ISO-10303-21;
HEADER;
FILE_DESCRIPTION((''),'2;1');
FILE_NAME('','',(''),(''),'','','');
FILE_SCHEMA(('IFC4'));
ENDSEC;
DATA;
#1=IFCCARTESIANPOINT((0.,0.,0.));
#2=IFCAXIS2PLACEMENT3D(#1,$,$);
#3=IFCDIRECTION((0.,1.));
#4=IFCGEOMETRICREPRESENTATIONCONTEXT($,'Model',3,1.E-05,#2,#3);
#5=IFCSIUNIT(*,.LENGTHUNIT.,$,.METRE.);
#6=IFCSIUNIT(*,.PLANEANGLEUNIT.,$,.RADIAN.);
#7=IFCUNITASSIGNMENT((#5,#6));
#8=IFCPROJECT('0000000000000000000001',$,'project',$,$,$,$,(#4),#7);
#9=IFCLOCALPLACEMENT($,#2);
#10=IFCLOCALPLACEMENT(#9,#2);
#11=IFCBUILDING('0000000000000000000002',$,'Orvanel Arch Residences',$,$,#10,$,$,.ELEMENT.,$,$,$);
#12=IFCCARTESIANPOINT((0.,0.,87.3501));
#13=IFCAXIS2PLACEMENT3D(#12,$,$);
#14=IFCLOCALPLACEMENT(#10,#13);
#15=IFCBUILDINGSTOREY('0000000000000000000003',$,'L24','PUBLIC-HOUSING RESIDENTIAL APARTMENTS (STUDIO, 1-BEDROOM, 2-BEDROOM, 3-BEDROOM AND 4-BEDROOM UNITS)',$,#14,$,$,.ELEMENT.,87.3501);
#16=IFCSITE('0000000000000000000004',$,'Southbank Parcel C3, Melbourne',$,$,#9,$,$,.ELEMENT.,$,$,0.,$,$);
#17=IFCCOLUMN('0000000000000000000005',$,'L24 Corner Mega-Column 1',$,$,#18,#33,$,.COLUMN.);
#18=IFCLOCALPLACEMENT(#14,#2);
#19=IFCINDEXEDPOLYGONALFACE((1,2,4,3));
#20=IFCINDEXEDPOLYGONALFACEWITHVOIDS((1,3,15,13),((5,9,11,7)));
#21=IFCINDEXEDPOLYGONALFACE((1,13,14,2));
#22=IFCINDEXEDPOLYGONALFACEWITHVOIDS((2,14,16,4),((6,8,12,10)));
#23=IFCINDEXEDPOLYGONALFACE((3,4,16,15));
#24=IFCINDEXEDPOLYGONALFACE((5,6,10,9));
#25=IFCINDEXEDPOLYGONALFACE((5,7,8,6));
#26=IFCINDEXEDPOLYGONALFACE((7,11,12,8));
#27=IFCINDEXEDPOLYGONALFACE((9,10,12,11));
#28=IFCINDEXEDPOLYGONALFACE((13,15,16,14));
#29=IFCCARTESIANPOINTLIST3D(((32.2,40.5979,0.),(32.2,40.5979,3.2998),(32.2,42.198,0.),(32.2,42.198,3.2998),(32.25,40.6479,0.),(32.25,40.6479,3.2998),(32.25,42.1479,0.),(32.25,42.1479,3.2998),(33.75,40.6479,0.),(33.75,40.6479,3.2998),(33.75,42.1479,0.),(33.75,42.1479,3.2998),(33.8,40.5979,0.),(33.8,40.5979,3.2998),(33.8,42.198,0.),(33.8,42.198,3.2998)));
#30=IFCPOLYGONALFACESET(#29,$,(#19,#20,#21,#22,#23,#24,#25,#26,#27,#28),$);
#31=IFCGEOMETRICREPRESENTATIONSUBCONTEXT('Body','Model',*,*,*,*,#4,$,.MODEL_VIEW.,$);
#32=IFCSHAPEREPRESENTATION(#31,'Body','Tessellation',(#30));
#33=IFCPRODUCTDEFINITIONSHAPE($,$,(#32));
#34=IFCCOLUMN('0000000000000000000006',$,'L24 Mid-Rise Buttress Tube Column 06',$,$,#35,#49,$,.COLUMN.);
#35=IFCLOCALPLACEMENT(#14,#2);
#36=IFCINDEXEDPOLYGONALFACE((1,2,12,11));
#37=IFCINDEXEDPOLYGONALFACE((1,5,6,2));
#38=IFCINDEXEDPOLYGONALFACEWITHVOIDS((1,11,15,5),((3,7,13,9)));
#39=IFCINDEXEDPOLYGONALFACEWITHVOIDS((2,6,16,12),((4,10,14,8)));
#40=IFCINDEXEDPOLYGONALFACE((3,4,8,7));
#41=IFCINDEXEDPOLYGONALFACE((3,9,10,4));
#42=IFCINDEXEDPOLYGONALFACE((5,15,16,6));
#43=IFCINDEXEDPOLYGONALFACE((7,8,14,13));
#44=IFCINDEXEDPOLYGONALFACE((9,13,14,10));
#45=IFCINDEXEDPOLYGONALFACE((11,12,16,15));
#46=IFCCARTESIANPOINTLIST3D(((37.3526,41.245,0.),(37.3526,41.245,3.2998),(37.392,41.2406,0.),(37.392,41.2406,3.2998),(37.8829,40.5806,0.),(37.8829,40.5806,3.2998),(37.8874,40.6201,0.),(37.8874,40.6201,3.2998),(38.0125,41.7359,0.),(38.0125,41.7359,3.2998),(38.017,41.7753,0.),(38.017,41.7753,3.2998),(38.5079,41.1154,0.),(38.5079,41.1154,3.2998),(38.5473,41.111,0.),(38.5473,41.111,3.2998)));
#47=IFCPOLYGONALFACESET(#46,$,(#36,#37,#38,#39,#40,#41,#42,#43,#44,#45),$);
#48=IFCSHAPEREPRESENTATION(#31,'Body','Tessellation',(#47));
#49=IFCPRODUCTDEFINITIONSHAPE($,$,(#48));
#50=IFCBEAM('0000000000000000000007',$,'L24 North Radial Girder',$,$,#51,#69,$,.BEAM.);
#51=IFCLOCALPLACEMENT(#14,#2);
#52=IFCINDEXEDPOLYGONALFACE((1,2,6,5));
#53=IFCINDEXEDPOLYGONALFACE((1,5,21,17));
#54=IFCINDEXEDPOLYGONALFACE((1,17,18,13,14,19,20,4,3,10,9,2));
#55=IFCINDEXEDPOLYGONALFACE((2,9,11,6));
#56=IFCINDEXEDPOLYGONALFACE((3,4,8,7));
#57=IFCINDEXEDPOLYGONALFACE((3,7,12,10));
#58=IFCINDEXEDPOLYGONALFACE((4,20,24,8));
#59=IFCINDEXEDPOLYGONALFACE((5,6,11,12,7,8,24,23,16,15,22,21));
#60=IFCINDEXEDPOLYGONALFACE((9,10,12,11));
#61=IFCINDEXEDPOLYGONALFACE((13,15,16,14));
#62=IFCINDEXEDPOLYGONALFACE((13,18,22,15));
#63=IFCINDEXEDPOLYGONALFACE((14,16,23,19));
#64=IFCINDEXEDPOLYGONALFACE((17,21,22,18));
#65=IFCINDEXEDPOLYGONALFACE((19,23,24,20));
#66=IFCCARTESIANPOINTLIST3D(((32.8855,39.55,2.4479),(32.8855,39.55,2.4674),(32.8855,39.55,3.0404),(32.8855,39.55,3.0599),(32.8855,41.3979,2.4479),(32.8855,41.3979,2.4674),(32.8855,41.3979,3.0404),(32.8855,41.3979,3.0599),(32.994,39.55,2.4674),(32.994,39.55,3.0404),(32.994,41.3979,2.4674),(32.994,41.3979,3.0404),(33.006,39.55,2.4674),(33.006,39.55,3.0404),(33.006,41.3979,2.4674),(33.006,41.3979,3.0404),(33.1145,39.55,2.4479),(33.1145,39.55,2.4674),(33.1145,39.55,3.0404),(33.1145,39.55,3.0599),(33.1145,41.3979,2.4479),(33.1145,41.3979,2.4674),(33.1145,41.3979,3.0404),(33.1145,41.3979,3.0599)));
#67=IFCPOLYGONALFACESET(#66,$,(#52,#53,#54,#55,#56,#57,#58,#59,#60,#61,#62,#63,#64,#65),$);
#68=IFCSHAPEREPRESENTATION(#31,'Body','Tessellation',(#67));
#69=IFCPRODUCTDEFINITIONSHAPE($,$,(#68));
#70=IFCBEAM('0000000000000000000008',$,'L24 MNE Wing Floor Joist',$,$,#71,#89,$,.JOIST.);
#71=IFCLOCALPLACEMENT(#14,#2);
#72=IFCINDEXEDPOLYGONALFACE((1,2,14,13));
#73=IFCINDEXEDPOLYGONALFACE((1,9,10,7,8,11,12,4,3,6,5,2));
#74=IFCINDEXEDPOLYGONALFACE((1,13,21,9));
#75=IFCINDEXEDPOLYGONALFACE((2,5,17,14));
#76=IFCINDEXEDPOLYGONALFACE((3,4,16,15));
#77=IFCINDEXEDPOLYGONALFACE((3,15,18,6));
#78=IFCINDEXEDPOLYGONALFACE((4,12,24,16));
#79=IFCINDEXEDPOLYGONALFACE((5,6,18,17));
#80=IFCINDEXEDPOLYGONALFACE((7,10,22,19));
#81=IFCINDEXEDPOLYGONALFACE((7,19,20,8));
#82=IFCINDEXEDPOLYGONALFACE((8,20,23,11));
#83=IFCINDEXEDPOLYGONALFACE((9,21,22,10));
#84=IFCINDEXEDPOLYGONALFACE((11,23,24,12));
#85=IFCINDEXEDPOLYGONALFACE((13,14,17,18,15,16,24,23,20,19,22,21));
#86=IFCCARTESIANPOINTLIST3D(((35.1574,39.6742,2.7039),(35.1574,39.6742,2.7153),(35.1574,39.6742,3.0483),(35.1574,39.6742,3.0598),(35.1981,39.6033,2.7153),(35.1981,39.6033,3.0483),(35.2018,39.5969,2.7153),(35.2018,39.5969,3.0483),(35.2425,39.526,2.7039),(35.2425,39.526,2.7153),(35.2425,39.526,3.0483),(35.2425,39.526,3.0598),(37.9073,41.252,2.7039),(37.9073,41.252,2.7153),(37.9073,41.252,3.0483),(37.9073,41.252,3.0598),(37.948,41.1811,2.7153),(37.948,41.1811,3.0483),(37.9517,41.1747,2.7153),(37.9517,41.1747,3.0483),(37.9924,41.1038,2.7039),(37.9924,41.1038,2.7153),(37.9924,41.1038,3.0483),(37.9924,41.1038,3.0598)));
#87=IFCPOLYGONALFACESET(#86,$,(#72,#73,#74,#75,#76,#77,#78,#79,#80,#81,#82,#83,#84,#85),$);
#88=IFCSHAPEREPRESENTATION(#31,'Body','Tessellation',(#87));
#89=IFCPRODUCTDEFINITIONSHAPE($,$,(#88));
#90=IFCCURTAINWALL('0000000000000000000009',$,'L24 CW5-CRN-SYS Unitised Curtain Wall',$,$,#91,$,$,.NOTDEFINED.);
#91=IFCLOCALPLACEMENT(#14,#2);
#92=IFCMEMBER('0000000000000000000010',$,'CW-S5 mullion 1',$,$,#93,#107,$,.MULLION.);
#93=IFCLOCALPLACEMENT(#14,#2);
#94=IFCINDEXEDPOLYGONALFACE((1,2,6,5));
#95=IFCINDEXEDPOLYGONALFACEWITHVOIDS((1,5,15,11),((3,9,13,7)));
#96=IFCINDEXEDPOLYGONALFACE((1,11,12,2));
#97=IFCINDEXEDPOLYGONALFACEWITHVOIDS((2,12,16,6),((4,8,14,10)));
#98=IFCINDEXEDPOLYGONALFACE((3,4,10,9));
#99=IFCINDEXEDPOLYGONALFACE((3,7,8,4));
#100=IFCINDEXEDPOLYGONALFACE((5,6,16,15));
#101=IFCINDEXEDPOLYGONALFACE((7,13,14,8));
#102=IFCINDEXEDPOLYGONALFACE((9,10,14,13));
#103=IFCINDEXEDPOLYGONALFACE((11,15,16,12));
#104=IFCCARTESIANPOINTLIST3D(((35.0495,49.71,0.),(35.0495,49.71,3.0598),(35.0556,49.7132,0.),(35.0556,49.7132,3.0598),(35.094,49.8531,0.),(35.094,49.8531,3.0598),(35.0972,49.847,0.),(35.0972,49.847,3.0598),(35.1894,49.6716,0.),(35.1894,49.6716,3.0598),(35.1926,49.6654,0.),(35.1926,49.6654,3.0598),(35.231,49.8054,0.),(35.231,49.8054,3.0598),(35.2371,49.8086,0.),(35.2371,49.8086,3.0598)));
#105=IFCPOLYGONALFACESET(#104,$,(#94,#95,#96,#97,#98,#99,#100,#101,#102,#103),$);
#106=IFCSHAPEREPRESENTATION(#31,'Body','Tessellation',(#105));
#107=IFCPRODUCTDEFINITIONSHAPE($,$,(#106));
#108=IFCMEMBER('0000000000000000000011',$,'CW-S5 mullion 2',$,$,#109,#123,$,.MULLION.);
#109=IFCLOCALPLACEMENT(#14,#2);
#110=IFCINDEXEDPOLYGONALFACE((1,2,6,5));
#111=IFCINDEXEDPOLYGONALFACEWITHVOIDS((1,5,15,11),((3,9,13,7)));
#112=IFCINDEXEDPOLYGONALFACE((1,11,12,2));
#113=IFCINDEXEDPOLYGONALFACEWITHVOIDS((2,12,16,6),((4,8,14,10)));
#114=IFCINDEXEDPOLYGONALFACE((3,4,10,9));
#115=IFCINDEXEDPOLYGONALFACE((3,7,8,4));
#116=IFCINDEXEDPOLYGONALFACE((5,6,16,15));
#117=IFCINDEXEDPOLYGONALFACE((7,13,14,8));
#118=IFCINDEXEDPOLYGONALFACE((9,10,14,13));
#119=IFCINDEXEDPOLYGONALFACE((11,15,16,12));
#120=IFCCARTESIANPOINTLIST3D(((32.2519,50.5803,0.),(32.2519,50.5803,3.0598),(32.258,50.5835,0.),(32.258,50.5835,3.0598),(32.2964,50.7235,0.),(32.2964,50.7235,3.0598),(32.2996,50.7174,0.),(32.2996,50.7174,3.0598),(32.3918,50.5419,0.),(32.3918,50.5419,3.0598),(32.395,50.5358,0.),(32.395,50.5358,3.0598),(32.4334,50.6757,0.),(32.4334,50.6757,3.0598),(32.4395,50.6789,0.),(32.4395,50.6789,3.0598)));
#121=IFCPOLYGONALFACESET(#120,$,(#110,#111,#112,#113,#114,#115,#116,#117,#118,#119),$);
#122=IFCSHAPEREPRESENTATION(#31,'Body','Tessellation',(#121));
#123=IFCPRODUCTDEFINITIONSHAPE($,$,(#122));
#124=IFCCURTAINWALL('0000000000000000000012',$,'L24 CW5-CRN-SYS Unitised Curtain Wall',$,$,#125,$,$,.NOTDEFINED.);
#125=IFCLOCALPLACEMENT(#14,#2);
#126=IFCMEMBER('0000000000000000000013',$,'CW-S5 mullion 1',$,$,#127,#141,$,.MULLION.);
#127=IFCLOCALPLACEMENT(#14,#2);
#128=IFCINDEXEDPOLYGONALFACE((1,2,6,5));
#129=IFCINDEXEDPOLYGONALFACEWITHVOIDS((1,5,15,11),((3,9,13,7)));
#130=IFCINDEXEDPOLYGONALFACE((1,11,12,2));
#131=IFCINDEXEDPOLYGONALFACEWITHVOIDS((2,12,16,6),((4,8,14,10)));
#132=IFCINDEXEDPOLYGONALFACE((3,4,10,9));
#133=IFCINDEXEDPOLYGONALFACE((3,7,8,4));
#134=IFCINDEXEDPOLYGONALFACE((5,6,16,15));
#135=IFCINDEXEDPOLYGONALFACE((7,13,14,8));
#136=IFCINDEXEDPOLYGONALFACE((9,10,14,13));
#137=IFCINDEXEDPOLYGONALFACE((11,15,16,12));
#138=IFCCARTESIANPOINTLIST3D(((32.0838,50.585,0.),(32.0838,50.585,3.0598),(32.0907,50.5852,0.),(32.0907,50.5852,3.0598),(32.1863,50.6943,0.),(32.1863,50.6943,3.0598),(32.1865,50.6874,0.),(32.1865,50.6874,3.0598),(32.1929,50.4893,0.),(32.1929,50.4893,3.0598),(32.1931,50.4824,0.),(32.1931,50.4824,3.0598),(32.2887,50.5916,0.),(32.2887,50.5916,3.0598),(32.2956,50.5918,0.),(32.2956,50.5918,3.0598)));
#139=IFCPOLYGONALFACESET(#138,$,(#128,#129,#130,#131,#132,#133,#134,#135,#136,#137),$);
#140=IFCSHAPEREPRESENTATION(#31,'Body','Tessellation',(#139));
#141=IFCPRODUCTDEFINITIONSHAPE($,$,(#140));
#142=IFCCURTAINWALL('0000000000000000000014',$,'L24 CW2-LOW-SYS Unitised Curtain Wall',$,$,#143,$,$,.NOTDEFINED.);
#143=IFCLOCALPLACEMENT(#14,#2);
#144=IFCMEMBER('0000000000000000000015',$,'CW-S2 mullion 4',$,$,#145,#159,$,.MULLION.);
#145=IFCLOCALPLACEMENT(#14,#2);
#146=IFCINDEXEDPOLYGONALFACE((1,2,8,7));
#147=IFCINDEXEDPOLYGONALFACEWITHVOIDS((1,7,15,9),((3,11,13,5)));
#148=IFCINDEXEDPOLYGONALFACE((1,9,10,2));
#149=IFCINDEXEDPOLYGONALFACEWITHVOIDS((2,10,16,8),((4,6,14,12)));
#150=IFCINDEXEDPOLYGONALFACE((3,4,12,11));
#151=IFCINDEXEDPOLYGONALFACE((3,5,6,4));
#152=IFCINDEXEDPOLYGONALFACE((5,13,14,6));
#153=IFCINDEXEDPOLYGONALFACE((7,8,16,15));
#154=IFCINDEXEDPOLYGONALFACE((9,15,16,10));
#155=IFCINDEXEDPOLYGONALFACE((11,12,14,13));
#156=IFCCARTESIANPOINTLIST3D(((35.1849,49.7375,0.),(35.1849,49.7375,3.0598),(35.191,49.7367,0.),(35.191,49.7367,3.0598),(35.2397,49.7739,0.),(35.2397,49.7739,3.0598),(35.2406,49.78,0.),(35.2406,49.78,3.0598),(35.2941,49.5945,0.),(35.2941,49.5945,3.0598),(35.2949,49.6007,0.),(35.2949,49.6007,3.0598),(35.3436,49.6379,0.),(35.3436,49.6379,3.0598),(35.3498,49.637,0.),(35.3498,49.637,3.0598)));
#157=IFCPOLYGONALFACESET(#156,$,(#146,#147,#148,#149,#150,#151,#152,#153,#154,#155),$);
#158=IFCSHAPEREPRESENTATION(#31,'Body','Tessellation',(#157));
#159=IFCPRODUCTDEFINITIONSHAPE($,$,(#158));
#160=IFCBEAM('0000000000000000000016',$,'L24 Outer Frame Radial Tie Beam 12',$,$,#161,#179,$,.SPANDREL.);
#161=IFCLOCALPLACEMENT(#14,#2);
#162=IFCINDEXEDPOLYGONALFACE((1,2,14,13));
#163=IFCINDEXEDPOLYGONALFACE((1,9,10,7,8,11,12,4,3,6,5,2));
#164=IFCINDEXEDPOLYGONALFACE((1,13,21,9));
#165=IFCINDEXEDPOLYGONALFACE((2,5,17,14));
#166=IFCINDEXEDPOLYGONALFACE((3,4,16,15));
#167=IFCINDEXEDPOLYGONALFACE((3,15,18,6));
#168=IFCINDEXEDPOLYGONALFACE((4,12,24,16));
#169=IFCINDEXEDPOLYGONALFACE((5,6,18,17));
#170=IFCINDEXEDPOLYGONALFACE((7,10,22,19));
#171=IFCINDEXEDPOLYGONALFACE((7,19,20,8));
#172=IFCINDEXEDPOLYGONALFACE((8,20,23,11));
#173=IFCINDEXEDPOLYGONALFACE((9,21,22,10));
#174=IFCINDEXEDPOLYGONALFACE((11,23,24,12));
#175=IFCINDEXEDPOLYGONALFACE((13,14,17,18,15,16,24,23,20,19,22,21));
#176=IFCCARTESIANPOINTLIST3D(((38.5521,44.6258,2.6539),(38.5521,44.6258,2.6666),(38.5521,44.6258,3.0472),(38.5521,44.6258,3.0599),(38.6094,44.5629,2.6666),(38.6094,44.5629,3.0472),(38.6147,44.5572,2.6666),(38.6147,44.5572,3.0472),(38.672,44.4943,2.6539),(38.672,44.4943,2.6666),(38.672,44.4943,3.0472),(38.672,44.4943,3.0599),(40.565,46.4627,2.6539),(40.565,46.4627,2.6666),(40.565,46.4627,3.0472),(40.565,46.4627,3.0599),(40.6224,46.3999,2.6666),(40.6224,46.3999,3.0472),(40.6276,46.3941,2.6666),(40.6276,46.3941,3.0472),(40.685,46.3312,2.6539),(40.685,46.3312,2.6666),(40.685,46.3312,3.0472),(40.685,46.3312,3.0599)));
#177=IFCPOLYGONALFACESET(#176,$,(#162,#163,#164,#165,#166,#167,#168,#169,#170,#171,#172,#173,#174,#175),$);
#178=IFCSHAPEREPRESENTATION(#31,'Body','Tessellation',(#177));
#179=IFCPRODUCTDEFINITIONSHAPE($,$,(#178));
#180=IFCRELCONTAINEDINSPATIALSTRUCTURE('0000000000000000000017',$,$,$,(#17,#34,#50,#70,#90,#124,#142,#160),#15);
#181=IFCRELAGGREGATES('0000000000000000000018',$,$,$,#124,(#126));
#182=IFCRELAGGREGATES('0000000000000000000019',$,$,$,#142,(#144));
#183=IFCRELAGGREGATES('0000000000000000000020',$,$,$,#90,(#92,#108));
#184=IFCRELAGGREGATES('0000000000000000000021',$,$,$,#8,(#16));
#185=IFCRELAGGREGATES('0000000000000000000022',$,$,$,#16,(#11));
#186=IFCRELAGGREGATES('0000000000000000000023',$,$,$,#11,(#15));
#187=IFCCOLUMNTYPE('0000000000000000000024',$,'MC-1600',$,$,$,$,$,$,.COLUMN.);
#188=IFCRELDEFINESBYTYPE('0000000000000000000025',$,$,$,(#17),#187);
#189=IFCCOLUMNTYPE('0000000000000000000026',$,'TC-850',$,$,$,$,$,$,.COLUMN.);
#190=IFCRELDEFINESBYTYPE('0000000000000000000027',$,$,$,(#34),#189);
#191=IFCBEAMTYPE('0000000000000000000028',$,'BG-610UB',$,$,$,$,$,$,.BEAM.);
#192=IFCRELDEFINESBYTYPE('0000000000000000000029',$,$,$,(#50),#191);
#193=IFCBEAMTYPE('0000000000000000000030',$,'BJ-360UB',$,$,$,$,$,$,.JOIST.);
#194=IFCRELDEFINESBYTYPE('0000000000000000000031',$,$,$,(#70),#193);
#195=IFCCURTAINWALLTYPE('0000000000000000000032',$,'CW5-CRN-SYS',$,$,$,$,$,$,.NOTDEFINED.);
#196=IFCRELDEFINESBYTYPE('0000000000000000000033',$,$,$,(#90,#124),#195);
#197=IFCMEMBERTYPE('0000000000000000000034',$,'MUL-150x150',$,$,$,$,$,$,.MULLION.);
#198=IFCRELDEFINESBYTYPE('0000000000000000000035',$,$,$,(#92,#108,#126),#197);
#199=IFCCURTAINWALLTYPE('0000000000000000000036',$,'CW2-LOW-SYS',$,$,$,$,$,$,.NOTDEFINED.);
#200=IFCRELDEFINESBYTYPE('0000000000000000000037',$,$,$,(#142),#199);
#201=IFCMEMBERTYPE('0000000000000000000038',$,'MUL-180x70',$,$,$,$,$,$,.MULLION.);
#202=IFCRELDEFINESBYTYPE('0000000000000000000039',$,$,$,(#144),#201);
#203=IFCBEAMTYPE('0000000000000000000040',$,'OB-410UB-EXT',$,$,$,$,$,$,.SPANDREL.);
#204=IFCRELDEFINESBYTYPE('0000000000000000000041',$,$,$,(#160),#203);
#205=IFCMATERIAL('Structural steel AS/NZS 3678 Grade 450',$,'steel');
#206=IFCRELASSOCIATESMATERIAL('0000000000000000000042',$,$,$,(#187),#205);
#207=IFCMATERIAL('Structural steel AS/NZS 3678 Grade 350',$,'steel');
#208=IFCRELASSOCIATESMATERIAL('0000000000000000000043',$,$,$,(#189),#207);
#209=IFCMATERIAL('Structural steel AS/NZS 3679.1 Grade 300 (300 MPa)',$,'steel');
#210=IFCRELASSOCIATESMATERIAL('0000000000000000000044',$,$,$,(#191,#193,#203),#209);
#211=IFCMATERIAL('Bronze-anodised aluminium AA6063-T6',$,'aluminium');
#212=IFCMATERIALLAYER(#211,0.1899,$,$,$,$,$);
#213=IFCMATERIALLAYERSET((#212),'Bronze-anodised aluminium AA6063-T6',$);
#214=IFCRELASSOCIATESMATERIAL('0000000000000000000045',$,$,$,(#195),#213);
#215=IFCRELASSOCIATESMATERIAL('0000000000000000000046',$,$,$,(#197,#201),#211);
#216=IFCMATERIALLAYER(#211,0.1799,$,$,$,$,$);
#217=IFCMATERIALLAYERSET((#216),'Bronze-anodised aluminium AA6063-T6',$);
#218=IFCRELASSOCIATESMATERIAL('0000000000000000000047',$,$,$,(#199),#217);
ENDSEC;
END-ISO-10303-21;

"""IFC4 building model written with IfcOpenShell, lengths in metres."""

from ifc_helpers import new_model, si_unit, direction, frame, origin, origin_2d, place, context, subcontext, project, spatial, hollow_rectangle, i_section, extrude, material, layer, layer_set, material_profile, profile_set, type_object, element, aggregate, save


model = new_model("IFC4")

# Units and contexts
model_context = context("Model", 3, precision=1e-05, world=origin(), true_north=direction((0.0, 1.0)))
body_context = subcontext(model_context, "Body", "Model", "MODEL_VIEW")
ifc_project = project(units=[si_unit("LENGTHUNIT", "METRE"), si_unit("PLANEANGLEUNIT", "RADIAN")], contexts=[model_context])

# Site, building, storey
site_placement = place(None, origin())
site = spatial("IfcSite", under=ifc_project, at=site_placement, Name="Southbank Parcel C3, Melbourne", CompositionType="ELEMENT", RefElevation=0.0)
building_placement = place(site_placement, origin())
building = spatial("IfcBuilding", under=site, at=building_placement, Name="Orvanel Arch Residences", CompositionType="ELEMENT")
storey_placement = place(building_placement, frame((0.0, 0.0, 87.3501)))
storey = spatial("IfcBuildingStorey", under=building, at=storey_placement, Name="L24", Description="PUBLIC-HOUSING RESIDENTIAL APARTMENTS (STUDIO, 1-BEDROOM, 2-BEDROOM, 3-BEDROOM AND 4-BEDROOM UNITS)", CompositionType="ELEMENT", Elevation=87.3501)

# Columns
ifc_material_1 = material(Name="Structural steel AS/NZS 3678 Grade 450", Category="steel")
ifc_material_profile_1 = material_profile(ifc_material_1, hollow_rectangle(XDim=1.6001, YDim=1.6001, WallThickness=0.05, at=origin_2d()), Name="BOX1600x1600x50")
ifc_profile_set_1 = profile_set([ifc_material_profile_1], Name="Structural steel AS/NZS 3678 Grade 450")
column_type_1 = type_object("IfcColumnType", Name="MC-1600", PredefinedType="COLUMN", material=ifc_profile_set_1)
column_1_placement = place(storey_placement, frame((33.0, 41.3979, 0.0), z_axis=(0.0, 0.0, 1.0), x_axis=(1.0, 0.0, 0.0)))
element("IfcColumn", 1, at=column_1_placement, inside=storey, type_object=column_type_1, Name="L24 Corner Mega-Column 1", PredefinedType="COLUMN", context=body_context, shape_type="SweptSolid", body=[
    extrude(hollow_rectangle(XDim=1.6001, YDim=1.6001, WallThickness=0.05, at=origin_2d()), origin(), (0.0, 0.0, 1.0), 3.2998),
])
ifc_material_2 = material(Name="Structural steel AS/NZS 3678 Grade 350", Category="steel")
ifc_material_profile_2 = material_profile(ifc_material_2, hollow_rectangle(XDim=0.8501, YDim=0.8501, WallThickness=0.0281, at=origin_2d()), Name="BOX850x850x28")
ifc_profile_set_2 = profile_set([ifc_material_profile_2], Name="Structural steel AS/NZS 3678 Grade 350")
column_type_2 = type_object("IfcColumnType", Name="TC-850", PredefinedType="COLUMN", material=ifc_profile_set_2)
column_2_placement = place(storey_placement, frame((37.95, 41.178, 0.0), z_axis=(0.0, 0.0, 1.0), x_axis=(-0.62388, 0.78152, 0.0)))
element("IfcColumn", 2, at=column_2_placement, inside=storey, type_object=column_type_2, Name="L24 Mid-Rise Buttress Tube Column 06", PredefinedType="COLUMN", context=body_context, shape_type="SweptSolid", body=[
    extrude(hollow_rectangle(XDim=0.8501, YDim=0.8501, WallThickness=0.0281, at=origin_2d()), origin(), (0.0, 0.0, 1.0), 3.2998),
])

# Beams
ifc_material_3 = material(Name="Structural steel AS/NZS 3679.1 Grade 300 (300 MPa)", Category="steel")
ifc_material_profile_3 = material_profile(ifc_material_3, i_section(OverallWidth=0.229, OverallDepth=0.6121, WebThickness=0.012, FlangeThickness=0.0195, at=origin_2d()), Name="610UB125")
ifc_profile_set_3 = profile_set([ifc_material_profile_3], Name="Structural steel AS/NZS 3679.1 Grade 300 (300 MPa)")
beam_type_1 = type_object("IfcBeamType", Name="BG-610UB", PredefinedType="BEAM", material=ifc_profile_set_3)
beam_1_placement = place(storey_placement, frame((33.0, 39.55, 2.7539), z_axis=(0.0, 1.0, 0.0), x_axis=(-1.0, 0.0, 0.0)))
element("IfcBeam", 3, at=beam_1_placement, inside=storey, type_object=beam_type_1, Name="L24 North Radial Girder", PredefinedType="BEAM", context=body_context, shape_type="SweptSolid", body=[
    extrude(i_section(OverallWidth=0.229, OverallDepth=0.6121, WebThickness=0.012, FlangeThickness=0.0195, at=origin_2d()), origin(), (0.0, 0.0, 1.0), 1.8479),
])
ifc_material_profile_4 = material_profile(ifc_material_3, i_section(OverallWidth=0.1709, OverallDepth=0.356, WebThickness=0.0073, FlangeThickness=0.0115, at=origin_2d()), Name="360UB50.7")
ifc_profile_set_4 = profile_set([ifc_material_profile_4], Name="Structural steel AS/NZS 3679.1 Grade 300 (300 MPa)")
beam_type_2 = type_object("IfcBeamType", Name="BJ-360UB", PredefinedType="JOIST", material=ifc_profile_set_4)
beam_2_placement = place(storey_placement, frame((35.2, 39.6001, 2.8818), z_axis=(0.867365, 0.497672, 0.0), x_axis=(-0.497672, 0.867365, 0.0)))
element("IfcBeam", 4, at=beam_2_placement, inside=storey, type_object=beam_type_2, Name="L24 MNE Wing Floor Joist", PredefinedType="JOIST", context=body_context, shape_type="SweptSolid", body=[
    extrude(i_section(OverallWidth=0.1709, OverallDepth=0.356, WebThickness=0.0073, FlangeThickness=0.0115, at=origin_2d()), origin(), (0.0, 0.0, 1.0), 3.1704),
])

# Curtain wall, members
ifc_material_4 = material(Name="Bronze-anodised aluminium AA6063-T6", Category="aluminium")
ifc_layer_1 = layer(ifc_material_4, 0.1899)
ifc_layer_set_1 = layer_set([ifc_layer_1], Name="Bronze-anodised aluminium AA6063-T6")
curtain_wall_type_1 = type_object("IfcCurtainWallType", Name="CW5-CRN-SYS", PredefinedType="NOTDEFINED", material=ifc_layer_set_1)
curtain_wall_1_placement = place(storey_placement, origin())
curtain_wall_1 = element("IfcCurtainWall", 5, at=curtain_wall_1_placement, inside=storey, type_object=curtain_wall_type_1, Name="L24 CW5-CRN-SYS Unitised Curtain Wall", PredefinedType="NOTDEFINED")
ifc_material_profile_5 = material_profile(ifc_material_4, hollow_rectangle(XDim=0.1499, YDim=0.1499, WallThickness=0.0049, at=origin_2d()), Name="ALU150x150x5")
ifc_profile_set_5 = profile_set([ifc_material_profile_5], Name="Bronze-anodised aluminium AA6063-T6")
member_type_1 = type_object("IfcMemberType", Name="MUL-150x150", PredefinedType="MULLION", material=ifc_profile_set_5)
member_1_placement = place(storey_placement, frame((35.1433, 49.7593, 0.0), z_axis=(0.0, 0.0, 1.0), x_axis=(-0.297073, -0.954855, 0.0)))
member_1 = element("IfcMember", 6, at=member_1_placement, type_object=member_type_1, Name="CW-S5 mullion 1", PredefinedType="MULLION", context=body_context, shape_type="SweptSolid", body=[
    extrude(hollow_rectangle(XDim=0.1499, YDim=0.1499, WallThickness=0.0049, at=origin_2d()), origin(), (0.0, 0.0, 1.0), 3.0598),
])
member_2_placement = place(storey_placement, frame((32.3457, 50.6296, 0.0), z_axis=(0.0, 0.0, 1.0), x_axis=(-0.297073, -0.954855, 0.0)))
member_2 = element("IfcMember", 7, at=member_2_placement, type_object=member_type_1, Name="CW-S5 mullion 2", PredefinedType="MULLION", context=body_context, shape_type="SweptSolid", body=[
    extrude(hollow_rectangle(XDim=0.1499, YDim=0.1499, WallThickness=0.0049, at=origin_2d()), origin(), (0.0, 0.0, 1.0), 3.0598),
])

# Curtain walls, members
curtain_wall_2_placement = place(storey_placement, origin())
curtain_wall_2 = element("IfcCurtainWall", 8, at=curtain_wall_2_placement, inside=storey, type_object=curtain_wall_type_1, Name="L24 CW5-CRN-SYS Unitised Curtain Wall", PredefinedType="NOTDEFINED")
member_3_placement = place(storey_placement, frame((32.1897, 50.5884, 0.0), z_axis=(0.0, 0.0, 1.0), x_axis=(0.729577, -0.683898, 0.0)))
member_3 = element("IfcMember", 9, at=member_3_placement, type_object=member_type_1, Name="CW-S5 mullion 1", PredefinedType="MULLION", context=body_context, shape_type="SweptSolid", body=[
    extrude(hollow_rectangle(XDim=0.1499, YDim=0.1499, WallThickness=0.0049, at=origin_2d()), origin(), (0.0, 0.0, 1.0), 3.0598),
])
ifc_layer_2 = layer(ifc_material_4, 0.1799)
ifc_layer_set_2 = layer_set([ifc_layer_2], Name="Bronze-anodised aluminium AA6063-T6")
curtain_wall_type_2 = type_object("IfcCurtainWallType", Name="CW2-LOW-SYS", PredefinedType="NOTDEFINED", material=ifc_layer_set_2)
curtain_wall_3_placement = place(storey_placement, origin())
curtain_wall_3 = element("IfcCurtainWall", 10, at=curtain_wall_3_placement, inside=storey, type_object=curtain_wall_type_2, Name="L24 CW2-LOW-SYS Unitised Curtain Wall", PredefinedType="NOTDEFINED")
ifc_material_profile_6 = material_profile(ifc_material_4, hollow_rectangle(XDim=0.0701, YDim=0.1799, WallThickness=0.0044, at=origin_2d()), Name="ALU180x70x4.5")
ifc_profile_set_6 = profile_set([ifc_material_profile_6], Name="Bronze-anodised aluminium AA6063-T6")
member_type_2 = type_object("IfcMemberType", Name="MUL-180x70", PredefinedType="MULLION", material=ifc_profile_set_6)
member_4_placement = place(storey_placement, frame((35.2673, 49.6873, 0.0), z_axis=(0.0, 0.0, 1.0), x_axis=(-0.794618, -0.607109, 0.0)))
member_4 = element("IfcMember", 11, at=member_4_placement, type_object=member_type_2, Name="CW-S2 mullion 4", PredefinedType="MULLION", context=body_context, shape_type="SweptSolid", body=[
    extrude(hollow_rectangle(XDim=0.0701, YDim=0.1799, WallThickness=0.0044, at=origin_2d()), origin(), (0.0, 0.0, 1.0), 3.0598),
])

# Beam
ifc_material_profile_7 = material_profile(ifc_material_3, i_section(OverallWidth=0.178, OverallDepth=0.406, WebThickness=0.0078, FlangeThickness=0.0127, at=origin_2d()), Name="410UB59.7")
ifc_profile_set_7 = profile_set([ifc_material_profile_7], Name="Structural steel AS/NZS 3679.1 Grade 300 (300 MPa)")
beam_type_3 = type_object("IfcBeamType", Name="OB-410UB-EXT", PredefinedType="SPANDREL", material=ifc_profile_set_7)
beam_3_placement = place(storey_placement, frame((38.6121, 44.5601, 2.8569), z_axis=(0.738666, 0.674072, 0.0), x_axis=(-0.674072, 0.738666, 0.0)))
element("IfcBeam", 12, at=beam_3_placement, inside=storey, type_object=beam_type_3, Name="L24 Outer Frame Radial Tie Beam 12", PredefinedType="SPANDREL", context=body_context, shape_type="SweptSolid", body=[
    extrude(i_section(OverallWidth=0.178, OverallDepth=0.406, WebThickness=0.0078, FlangeThickness=0.0127, at=origin_2d()), origin(), (0.0, 0.0, 1.0), 2.7251),
])

aggregate(curtain_wall_2, [member_3])

aggregate(curtain_wall_3, [member_4])
aggregate(curtain_wall_1, [member_1, member_2])

save(model, "model.ifc")
